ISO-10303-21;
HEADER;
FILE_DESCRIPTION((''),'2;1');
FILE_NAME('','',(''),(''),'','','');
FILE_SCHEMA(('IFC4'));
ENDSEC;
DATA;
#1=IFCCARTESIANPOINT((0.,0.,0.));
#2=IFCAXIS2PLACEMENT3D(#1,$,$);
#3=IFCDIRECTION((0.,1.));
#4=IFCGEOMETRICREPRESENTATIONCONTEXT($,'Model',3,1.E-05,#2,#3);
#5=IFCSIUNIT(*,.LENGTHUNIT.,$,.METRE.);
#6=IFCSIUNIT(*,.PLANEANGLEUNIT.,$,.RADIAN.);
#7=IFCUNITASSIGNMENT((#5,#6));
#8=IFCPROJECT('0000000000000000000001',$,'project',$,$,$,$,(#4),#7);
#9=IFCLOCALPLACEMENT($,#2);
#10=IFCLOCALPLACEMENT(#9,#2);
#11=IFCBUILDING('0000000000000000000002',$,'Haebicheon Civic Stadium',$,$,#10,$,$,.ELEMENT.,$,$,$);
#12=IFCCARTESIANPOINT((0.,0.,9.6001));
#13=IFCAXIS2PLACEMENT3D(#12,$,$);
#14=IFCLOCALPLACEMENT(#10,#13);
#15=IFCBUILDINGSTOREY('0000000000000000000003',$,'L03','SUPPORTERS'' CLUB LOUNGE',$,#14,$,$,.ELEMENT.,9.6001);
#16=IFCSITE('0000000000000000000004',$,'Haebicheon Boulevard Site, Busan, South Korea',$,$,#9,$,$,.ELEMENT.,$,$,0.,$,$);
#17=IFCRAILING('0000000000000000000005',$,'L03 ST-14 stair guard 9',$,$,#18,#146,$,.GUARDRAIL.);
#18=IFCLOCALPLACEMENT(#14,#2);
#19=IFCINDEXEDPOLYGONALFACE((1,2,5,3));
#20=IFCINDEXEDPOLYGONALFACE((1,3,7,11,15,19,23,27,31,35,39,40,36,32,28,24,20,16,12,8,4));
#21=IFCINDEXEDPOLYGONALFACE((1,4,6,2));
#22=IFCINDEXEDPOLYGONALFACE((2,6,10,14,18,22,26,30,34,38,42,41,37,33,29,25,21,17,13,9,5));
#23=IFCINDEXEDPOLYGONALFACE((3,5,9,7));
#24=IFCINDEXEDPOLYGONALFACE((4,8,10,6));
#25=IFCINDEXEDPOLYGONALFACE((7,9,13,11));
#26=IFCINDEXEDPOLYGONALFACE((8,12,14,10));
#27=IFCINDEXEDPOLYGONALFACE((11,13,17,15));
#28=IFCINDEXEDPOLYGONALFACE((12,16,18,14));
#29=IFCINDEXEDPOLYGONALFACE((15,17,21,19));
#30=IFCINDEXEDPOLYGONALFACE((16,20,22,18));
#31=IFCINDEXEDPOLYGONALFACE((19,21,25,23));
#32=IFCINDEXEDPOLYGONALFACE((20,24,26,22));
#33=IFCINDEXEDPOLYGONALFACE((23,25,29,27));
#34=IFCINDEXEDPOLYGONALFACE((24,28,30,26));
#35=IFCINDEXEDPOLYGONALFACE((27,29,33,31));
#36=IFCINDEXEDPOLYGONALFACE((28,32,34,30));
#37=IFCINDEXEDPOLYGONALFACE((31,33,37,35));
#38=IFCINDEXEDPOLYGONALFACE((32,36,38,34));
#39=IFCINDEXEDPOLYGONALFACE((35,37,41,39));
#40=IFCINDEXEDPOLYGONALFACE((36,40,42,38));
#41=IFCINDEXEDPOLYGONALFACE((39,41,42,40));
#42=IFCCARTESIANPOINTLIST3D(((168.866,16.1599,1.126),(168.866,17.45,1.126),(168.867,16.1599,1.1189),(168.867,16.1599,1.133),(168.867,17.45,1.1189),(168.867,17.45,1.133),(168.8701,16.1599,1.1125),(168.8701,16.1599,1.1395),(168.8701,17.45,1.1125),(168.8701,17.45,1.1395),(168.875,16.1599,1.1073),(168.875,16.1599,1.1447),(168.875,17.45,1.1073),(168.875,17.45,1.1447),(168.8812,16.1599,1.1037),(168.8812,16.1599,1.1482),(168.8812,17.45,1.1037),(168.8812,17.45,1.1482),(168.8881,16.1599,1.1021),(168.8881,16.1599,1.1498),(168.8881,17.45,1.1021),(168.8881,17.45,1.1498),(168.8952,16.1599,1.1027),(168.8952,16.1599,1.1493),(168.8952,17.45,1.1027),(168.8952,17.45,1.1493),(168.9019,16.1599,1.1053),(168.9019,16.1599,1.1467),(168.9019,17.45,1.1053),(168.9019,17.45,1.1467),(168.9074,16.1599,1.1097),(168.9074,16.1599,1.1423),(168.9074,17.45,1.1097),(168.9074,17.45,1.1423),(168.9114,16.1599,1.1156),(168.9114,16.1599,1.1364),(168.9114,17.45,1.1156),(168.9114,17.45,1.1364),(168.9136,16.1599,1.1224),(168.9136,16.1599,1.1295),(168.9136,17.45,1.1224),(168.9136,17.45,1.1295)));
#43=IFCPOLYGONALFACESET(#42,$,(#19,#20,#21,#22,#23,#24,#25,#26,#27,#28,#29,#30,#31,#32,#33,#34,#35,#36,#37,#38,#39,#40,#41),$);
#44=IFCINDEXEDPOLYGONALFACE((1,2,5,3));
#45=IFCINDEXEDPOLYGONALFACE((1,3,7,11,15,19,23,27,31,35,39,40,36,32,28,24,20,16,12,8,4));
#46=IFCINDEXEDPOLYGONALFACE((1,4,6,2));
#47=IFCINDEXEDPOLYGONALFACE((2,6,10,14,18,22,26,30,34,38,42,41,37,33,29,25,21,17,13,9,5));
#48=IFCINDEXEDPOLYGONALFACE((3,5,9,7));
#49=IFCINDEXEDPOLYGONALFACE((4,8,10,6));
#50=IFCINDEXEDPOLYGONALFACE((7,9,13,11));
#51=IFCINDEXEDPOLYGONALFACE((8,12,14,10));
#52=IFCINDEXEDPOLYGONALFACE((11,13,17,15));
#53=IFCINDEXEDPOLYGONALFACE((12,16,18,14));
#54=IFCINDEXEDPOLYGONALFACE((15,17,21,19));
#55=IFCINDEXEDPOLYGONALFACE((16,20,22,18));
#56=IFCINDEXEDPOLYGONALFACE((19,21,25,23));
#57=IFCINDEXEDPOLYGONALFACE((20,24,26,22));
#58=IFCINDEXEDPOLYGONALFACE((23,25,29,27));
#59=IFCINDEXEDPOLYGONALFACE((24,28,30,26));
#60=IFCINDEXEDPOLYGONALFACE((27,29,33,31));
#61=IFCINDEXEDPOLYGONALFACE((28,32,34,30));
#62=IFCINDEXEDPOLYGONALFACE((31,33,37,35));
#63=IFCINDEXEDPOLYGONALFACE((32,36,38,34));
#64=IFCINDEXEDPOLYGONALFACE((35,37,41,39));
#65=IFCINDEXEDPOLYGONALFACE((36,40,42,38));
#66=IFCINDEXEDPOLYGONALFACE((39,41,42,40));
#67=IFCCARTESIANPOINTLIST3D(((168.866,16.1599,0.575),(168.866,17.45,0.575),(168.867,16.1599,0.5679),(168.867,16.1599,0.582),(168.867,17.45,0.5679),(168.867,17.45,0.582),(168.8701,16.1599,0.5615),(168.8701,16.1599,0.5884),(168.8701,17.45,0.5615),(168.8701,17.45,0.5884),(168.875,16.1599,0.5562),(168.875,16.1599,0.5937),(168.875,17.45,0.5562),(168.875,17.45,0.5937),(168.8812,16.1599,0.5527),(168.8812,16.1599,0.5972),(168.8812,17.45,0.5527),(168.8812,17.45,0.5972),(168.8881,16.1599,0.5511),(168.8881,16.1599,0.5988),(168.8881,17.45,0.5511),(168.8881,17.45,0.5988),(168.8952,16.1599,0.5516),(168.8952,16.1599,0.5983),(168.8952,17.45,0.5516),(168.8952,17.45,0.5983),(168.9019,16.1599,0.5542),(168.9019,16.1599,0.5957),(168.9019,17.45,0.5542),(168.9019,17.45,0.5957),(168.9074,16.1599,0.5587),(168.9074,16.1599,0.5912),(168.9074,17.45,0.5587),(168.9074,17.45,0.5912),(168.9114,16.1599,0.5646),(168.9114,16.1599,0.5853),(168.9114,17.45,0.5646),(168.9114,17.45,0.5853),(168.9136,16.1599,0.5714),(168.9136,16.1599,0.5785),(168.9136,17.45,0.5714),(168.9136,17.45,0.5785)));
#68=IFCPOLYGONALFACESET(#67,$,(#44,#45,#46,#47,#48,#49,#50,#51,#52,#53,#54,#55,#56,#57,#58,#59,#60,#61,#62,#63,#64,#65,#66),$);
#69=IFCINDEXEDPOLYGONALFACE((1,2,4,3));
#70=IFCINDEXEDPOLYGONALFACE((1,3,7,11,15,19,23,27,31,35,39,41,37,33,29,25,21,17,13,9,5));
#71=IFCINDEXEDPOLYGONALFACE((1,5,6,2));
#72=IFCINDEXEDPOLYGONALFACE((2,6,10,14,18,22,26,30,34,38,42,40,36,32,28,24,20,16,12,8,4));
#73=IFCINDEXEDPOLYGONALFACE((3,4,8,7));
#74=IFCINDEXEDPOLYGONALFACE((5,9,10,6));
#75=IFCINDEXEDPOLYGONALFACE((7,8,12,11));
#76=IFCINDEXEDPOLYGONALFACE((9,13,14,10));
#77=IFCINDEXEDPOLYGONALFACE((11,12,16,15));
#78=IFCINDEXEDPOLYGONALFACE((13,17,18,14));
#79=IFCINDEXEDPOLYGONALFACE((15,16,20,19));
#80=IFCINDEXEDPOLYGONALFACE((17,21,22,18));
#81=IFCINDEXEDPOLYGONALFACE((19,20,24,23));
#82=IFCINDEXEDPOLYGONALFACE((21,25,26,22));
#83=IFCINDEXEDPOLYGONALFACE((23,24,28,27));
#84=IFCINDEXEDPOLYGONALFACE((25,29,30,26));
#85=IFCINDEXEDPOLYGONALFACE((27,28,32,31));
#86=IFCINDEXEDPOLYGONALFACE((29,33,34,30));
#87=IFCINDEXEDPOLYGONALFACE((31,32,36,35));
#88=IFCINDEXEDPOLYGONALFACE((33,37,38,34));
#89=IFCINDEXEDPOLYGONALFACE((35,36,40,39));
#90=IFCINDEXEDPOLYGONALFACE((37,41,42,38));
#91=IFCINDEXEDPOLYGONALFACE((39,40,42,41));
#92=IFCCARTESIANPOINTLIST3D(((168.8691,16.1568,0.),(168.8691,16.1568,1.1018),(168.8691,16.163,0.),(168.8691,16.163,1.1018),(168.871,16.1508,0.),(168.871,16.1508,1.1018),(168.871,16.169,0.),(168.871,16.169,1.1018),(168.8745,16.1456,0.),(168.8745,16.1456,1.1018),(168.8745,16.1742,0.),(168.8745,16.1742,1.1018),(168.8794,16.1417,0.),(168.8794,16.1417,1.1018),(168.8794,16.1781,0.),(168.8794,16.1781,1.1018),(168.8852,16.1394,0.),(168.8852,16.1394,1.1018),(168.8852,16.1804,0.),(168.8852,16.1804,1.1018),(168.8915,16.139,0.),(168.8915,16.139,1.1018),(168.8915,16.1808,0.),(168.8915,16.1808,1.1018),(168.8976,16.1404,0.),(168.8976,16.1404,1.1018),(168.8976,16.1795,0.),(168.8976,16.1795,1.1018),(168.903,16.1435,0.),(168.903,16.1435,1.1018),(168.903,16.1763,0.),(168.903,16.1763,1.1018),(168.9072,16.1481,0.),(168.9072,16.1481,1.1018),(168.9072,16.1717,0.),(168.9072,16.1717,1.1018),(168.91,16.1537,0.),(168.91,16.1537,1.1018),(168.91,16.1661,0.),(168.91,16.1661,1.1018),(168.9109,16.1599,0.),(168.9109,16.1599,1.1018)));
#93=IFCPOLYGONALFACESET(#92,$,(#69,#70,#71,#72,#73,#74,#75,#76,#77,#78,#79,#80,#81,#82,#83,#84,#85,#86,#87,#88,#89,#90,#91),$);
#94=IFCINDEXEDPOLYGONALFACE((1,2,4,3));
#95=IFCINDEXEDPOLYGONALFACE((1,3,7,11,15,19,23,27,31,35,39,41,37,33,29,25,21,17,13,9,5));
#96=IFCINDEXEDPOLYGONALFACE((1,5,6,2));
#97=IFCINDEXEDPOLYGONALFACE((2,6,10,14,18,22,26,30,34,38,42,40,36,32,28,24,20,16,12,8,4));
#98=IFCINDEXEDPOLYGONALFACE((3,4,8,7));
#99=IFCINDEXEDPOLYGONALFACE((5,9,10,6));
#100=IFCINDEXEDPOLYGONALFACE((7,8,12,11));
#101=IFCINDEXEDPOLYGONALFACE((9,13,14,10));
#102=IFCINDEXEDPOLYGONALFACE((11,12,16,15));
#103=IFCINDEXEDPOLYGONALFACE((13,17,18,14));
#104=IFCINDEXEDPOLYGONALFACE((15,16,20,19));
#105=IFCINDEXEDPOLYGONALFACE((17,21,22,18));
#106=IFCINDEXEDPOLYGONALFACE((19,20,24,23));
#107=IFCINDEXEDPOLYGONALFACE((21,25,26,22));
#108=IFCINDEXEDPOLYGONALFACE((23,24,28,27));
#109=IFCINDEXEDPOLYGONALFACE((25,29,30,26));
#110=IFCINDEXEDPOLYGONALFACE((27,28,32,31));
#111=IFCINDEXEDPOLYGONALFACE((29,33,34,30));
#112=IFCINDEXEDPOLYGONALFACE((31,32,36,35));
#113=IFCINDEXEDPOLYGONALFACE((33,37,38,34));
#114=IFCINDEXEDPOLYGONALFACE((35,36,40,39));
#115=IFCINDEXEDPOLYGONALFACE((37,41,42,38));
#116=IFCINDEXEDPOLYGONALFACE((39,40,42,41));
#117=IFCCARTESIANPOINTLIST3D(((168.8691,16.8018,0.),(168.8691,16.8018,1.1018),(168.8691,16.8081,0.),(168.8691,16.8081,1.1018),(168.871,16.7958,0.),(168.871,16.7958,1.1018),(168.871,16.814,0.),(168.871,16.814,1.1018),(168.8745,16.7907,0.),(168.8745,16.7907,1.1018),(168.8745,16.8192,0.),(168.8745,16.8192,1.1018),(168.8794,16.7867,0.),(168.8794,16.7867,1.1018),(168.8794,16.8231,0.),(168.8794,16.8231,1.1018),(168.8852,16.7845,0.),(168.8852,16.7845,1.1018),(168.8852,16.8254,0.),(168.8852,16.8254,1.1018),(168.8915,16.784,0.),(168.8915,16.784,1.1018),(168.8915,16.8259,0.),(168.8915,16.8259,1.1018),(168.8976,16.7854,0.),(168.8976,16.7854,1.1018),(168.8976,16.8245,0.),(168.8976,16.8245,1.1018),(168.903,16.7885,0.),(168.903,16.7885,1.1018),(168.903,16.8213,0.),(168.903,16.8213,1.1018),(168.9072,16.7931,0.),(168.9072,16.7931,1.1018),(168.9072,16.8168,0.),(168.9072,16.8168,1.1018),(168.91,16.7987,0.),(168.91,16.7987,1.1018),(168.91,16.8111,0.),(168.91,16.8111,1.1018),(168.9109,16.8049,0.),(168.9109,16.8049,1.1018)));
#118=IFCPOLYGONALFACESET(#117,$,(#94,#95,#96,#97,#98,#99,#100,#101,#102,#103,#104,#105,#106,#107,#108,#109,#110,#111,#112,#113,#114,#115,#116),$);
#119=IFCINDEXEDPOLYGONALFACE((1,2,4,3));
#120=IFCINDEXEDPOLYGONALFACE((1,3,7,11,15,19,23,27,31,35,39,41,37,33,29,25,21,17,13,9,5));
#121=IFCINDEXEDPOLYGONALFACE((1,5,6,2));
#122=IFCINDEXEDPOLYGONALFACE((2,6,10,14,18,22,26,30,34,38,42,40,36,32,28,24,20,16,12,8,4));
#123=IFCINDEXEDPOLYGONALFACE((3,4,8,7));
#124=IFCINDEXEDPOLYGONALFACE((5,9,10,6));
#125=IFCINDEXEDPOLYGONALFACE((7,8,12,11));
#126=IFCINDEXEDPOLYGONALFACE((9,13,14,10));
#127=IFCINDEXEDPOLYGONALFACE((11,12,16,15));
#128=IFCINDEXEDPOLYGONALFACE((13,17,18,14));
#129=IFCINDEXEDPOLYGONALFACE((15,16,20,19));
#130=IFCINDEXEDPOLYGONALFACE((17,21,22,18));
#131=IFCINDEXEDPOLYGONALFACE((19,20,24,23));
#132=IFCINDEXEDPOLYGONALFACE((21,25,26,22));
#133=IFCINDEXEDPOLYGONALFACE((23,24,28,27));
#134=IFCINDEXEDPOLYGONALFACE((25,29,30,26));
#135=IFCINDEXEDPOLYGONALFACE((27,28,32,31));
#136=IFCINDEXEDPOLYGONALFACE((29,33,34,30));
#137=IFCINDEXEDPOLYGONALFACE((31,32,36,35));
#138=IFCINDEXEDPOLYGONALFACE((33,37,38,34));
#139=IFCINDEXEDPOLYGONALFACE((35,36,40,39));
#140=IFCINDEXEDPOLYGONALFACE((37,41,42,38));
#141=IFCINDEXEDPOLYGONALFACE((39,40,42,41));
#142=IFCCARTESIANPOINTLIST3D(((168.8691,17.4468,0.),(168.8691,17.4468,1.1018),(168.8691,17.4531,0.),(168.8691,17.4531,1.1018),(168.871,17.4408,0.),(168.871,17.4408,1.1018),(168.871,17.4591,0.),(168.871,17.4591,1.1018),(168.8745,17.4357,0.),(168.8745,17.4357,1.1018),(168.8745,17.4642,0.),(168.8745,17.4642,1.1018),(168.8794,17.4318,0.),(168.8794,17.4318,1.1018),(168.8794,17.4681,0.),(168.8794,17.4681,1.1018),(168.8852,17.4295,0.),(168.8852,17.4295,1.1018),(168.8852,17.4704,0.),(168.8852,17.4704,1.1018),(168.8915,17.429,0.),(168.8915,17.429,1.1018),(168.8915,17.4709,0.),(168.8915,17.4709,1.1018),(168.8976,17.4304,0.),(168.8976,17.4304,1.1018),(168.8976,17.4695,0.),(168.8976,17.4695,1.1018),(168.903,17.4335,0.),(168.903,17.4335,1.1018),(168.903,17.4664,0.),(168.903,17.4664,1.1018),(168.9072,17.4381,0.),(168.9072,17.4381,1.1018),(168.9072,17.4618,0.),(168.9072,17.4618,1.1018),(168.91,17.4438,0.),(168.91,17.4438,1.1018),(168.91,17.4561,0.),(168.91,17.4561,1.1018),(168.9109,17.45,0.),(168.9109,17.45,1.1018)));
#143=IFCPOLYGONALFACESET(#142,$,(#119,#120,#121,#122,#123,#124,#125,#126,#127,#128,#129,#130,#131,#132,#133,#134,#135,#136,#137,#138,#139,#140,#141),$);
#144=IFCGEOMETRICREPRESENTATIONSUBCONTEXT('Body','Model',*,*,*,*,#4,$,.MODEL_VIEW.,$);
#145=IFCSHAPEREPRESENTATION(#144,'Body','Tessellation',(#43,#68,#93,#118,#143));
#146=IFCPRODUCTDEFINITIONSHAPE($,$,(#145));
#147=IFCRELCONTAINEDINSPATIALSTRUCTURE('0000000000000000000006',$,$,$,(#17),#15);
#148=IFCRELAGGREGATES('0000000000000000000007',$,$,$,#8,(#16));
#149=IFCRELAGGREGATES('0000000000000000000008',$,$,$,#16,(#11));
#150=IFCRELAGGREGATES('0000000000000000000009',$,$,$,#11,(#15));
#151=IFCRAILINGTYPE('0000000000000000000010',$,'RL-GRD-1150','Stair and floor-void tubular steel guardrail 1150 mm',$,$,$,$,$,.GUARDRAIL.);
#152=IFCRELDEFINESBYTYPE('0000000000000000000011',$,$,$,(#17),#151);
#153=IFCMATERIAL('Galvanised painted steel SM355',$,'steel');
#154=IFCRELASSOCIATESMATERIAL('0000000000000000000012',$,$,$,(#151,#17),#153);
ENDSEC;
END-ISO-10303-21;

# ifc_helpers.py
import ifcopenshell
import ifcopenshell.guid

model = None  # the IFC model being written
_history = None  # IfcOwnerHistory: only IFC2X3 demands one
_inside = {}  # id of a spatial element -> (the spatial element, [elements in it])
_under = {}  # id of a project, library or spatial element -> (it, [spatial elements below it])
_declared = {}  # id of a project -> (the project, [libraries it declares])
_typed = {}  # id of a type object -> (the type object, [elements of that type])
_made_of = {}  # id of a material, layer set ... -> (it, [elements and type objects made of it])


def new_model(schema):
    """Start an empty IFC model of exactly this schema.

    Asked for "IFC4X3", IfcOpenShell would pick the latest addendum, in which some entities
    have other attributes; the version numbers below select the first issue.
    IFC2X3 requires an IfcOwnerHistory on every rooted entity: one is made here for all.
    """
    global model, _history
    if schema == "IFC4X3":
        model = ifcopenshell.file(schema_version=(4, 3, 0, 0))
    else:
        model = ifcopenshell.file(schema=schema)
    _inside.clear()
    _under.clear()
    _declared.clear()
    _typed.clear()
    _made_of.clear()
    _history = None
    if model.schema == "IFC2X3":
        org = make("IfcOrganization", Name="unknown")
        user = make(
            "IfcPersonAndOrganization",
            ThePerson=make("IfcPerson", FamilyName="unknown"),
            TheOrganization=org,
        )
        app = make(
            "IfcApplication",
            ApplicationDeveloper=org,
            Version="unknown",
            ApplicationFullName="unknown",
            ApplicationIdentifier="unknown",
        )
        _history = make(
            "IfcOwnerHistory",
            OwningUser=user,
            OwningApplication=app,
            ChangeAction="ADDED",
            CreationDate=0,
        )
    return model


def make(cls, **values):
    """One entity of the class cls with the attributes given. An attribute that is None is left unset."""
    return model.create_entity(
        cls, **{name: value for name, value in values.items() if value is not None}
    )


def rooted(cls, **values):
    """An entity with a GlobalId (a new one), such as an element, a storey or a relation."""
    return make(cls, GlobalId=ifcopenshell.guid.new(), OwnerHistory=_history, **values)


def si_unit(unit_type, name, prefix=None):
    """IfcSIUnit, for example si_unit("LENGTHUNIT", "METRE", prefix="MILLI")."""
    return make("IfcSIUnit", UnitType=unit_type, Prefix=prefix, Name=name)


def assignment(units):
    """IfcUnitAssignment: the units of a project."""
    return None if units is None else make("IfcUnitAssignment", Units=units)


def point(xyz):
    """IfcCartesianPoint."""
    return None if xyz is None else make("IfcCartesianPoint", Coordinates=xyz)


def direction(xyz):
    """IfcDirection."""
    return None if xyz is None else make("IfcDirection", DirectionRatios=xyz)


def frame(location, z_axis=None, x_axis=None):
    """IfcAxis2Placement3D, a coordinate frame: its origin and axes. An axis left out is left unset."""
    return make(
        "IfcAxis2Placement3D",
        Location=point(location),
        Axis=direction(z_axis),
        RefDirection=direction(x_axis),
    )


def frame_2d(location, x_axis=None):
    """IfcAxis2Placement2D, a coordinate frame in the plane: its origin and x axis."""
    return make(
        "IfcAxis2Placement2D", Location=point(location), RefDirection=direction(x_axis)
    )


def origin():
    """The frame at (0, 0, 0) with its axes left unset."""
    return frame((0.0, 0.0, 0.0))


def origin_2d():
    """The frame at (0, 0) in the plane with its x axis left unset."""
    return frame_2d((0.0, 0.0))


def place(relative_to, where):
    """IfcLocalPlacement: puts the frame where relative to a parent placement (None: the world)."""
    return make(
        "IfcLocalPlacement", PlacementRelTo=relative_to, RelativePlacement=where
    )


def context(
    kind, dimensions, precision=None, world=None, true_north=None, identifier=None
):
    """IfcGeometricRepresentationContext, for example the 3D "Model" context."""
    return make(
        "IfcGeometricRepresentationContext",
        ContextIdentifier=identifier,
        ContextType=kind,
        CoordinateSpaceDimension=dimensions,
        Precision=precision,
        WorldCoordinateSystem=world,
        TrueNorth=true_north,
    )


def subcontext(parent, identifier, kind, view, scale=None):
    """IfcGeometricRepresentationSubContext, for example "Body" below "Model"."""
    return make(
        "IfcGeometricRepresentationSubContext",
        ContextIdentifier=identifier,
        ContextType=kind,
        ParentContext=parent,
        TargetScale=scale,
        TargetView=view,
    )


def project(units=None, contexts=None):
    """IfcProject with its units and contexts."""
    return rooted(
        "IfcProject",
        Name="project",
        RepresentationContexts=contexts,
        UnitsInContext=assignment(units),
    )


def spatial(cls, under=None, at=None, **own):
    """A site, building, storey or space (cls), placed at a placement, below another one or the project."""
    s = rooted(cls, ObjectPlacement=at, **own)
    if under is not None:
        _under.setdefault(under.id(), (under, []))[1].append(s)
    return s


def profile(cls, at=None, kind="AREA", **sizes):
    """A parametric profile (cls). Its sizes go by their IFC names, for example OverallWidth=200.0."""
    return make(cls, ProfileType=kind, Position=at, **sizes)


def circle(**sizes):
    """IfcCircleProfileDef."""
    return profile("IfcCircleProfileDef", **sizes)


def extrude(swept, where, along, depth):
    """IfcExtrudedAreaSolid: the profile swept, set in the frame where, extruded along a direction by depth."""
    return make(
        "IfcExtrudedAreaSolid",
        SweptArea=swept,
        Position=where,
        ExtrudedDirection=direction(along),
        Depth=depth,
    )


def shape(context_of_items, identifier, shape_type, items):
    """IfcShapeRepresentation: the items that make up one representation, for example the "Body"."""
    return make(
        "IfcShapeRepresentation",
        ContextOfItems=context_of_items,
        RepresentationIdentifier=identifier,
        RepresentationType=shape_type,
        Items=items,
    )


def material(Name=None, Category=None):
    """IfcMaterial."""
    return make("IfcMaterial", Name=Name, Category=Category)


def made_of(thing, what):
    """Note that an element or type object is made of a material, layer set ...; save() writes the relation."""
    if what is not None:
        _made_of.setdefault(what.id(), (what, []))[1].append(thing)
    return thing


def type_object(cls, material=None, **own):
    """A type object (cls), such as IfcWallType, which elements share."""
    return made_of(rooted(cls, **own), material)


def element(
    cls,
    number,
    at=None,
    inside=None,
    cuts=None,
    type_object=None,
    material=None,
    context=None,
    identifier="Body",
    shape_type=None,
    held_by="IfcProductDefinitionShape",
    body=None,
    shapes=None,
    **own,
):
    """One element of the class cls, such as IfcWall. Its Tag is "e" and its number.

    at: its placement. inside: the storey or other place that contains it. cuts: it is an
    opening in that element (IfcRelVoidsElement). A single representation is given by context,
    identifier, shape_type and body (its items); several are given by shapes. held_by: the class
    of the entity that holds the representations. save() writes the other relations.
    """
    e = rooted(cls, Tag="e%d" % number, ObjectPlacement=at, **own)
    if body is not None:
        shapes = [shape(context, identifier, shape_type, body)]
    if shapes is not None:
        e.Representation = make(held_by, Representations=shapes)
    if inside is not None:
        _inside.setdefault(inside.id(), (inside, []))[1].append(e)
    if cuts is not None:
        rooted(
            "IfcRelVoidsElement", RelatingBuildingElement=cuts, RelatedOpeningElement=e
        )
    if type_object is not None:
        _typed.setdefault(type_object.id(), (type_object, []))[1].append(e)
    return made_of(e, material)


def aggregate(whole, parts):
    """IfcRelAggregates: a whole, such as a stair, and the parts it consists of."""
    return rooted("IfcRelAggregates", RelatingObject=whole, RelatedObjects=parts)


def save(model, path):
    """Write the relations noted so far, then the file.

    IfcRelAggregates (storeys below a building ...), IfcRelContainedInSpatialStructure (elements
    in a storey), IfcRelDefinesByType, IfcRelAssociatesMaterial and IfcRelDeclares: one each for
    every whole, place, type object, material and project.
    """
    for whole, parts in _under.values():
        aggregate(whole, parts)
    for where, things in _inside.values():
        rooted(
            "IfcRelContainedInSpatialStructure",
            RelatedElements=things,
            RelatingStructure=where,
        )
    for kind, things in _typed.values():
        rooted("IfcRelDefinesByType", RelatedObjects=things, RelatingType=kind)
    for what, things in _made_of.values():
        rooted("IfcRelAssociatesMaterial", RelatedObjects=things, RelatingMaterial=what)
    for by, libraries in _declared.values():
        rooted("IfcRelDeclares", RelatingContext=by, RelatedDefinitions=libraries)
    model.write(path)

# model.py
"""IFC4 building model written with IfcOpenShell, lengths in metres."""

from ifc_helpers import new_model, si_unit, direction, frame, origin, origin_2d, place, context, subcontext, project, spatial, circle, extrude, material, type_object, element, save


model = new_model("IFC4")

# Units and contexts
model_context = context("Model", 3, precision=1e-05, world=origin(), true_north=direction((0.0, 1.0)))
body_context = subcontext(model_context, "Body", "Model", "MODEL_VIEW")
ifc_project = project(units=[si_unit("LENGTHUNIT", "METRE"), si_unit("PLANEANGLEUNIT", "RADIAN")], contexts=[model_context])

# Site, building, storey
site_placement = place(None, origin())
site = spatial("IfcSite", under=ifc_project, at=site_placement, Name="Haebicheon Boulevard Site, Busan, South Korea", CompositionType="ELEMENT", RefElevation=0.0)
building_placement = place(site_placement, origin())
building = spatial("IfcBuilding", under=site, at=building_placement, Name="Haebicheon Civic Stadium", CompositionType="ELEMENT")
storey_placement = place(building_placement, frame((0.0, 0.0, 9.6001)))
storey = spatial("IfcBuildingStorey", under=building, at=storey_placement, Name="L03", Description="SUPPORTERS' CLUB LOUNGE", CompositionType="ELEMENT", Elevation=9.6001)

# Railing
ifc_material_1 = material(Name="Galvanised painted steel SM355", Category="steel")
railing_type_1 = type_object("IfcRailingType", Name="RL-GRD-1150", Description="Stair and floor-void tubular steel guardrail 1150 mm", PredefinedType="GUARDRAIL", material=ifc_material_1)
for number, where, name in (
    (1, (168.8899, 16.1599, 0.0), "L03 ST-14 stair guard 9"),
):
    element("IfcRailing", number, at=place(storey_placement, frame(where)), inside=storey, type_object=railing_type_1, material=ifc_material_1, Name=name, PredefinedType="GUARDRAIL", context=body_context, shape_type="SweptSolid", body=[
        extrude(circle(Radius=0.0239, at=origin_2d()), frame((0.0, 0.0, 1.126), z_axis=(0.0, 1.0, 0.0), x_axis=(-1.0, 0.0, 0.0)), (0.0, 0.0, 1.0), 1.29),
        extrude(circle(Radius=0.0239, at=origin_2d()), frame((0.0, 0.0, 0.575), z_axis=(0.0, 1.0, 0.0), x_axis=(-1.0, 0.0, 0.0)), (0.0, 0.0, 1.0), 1.29),
        extrude(circle(Radius=0.021, at=origin_2d()), origin(), (0.0, 0.0, 1.0), 1.1018),
        extrude(circle(Radius=0.021, at=origin_2d()), frame((0.0, 0.645, 0.0)), (0.0, 0.0, 1.0), 1.1018),
        extrude(circle(Radius=0.021, at=origin_2d()), frame((0.0, 1.29, 0.0)), (0.0, 0.0, 1.0), 1.1018),
    ])

save(model, "model.ifc")
